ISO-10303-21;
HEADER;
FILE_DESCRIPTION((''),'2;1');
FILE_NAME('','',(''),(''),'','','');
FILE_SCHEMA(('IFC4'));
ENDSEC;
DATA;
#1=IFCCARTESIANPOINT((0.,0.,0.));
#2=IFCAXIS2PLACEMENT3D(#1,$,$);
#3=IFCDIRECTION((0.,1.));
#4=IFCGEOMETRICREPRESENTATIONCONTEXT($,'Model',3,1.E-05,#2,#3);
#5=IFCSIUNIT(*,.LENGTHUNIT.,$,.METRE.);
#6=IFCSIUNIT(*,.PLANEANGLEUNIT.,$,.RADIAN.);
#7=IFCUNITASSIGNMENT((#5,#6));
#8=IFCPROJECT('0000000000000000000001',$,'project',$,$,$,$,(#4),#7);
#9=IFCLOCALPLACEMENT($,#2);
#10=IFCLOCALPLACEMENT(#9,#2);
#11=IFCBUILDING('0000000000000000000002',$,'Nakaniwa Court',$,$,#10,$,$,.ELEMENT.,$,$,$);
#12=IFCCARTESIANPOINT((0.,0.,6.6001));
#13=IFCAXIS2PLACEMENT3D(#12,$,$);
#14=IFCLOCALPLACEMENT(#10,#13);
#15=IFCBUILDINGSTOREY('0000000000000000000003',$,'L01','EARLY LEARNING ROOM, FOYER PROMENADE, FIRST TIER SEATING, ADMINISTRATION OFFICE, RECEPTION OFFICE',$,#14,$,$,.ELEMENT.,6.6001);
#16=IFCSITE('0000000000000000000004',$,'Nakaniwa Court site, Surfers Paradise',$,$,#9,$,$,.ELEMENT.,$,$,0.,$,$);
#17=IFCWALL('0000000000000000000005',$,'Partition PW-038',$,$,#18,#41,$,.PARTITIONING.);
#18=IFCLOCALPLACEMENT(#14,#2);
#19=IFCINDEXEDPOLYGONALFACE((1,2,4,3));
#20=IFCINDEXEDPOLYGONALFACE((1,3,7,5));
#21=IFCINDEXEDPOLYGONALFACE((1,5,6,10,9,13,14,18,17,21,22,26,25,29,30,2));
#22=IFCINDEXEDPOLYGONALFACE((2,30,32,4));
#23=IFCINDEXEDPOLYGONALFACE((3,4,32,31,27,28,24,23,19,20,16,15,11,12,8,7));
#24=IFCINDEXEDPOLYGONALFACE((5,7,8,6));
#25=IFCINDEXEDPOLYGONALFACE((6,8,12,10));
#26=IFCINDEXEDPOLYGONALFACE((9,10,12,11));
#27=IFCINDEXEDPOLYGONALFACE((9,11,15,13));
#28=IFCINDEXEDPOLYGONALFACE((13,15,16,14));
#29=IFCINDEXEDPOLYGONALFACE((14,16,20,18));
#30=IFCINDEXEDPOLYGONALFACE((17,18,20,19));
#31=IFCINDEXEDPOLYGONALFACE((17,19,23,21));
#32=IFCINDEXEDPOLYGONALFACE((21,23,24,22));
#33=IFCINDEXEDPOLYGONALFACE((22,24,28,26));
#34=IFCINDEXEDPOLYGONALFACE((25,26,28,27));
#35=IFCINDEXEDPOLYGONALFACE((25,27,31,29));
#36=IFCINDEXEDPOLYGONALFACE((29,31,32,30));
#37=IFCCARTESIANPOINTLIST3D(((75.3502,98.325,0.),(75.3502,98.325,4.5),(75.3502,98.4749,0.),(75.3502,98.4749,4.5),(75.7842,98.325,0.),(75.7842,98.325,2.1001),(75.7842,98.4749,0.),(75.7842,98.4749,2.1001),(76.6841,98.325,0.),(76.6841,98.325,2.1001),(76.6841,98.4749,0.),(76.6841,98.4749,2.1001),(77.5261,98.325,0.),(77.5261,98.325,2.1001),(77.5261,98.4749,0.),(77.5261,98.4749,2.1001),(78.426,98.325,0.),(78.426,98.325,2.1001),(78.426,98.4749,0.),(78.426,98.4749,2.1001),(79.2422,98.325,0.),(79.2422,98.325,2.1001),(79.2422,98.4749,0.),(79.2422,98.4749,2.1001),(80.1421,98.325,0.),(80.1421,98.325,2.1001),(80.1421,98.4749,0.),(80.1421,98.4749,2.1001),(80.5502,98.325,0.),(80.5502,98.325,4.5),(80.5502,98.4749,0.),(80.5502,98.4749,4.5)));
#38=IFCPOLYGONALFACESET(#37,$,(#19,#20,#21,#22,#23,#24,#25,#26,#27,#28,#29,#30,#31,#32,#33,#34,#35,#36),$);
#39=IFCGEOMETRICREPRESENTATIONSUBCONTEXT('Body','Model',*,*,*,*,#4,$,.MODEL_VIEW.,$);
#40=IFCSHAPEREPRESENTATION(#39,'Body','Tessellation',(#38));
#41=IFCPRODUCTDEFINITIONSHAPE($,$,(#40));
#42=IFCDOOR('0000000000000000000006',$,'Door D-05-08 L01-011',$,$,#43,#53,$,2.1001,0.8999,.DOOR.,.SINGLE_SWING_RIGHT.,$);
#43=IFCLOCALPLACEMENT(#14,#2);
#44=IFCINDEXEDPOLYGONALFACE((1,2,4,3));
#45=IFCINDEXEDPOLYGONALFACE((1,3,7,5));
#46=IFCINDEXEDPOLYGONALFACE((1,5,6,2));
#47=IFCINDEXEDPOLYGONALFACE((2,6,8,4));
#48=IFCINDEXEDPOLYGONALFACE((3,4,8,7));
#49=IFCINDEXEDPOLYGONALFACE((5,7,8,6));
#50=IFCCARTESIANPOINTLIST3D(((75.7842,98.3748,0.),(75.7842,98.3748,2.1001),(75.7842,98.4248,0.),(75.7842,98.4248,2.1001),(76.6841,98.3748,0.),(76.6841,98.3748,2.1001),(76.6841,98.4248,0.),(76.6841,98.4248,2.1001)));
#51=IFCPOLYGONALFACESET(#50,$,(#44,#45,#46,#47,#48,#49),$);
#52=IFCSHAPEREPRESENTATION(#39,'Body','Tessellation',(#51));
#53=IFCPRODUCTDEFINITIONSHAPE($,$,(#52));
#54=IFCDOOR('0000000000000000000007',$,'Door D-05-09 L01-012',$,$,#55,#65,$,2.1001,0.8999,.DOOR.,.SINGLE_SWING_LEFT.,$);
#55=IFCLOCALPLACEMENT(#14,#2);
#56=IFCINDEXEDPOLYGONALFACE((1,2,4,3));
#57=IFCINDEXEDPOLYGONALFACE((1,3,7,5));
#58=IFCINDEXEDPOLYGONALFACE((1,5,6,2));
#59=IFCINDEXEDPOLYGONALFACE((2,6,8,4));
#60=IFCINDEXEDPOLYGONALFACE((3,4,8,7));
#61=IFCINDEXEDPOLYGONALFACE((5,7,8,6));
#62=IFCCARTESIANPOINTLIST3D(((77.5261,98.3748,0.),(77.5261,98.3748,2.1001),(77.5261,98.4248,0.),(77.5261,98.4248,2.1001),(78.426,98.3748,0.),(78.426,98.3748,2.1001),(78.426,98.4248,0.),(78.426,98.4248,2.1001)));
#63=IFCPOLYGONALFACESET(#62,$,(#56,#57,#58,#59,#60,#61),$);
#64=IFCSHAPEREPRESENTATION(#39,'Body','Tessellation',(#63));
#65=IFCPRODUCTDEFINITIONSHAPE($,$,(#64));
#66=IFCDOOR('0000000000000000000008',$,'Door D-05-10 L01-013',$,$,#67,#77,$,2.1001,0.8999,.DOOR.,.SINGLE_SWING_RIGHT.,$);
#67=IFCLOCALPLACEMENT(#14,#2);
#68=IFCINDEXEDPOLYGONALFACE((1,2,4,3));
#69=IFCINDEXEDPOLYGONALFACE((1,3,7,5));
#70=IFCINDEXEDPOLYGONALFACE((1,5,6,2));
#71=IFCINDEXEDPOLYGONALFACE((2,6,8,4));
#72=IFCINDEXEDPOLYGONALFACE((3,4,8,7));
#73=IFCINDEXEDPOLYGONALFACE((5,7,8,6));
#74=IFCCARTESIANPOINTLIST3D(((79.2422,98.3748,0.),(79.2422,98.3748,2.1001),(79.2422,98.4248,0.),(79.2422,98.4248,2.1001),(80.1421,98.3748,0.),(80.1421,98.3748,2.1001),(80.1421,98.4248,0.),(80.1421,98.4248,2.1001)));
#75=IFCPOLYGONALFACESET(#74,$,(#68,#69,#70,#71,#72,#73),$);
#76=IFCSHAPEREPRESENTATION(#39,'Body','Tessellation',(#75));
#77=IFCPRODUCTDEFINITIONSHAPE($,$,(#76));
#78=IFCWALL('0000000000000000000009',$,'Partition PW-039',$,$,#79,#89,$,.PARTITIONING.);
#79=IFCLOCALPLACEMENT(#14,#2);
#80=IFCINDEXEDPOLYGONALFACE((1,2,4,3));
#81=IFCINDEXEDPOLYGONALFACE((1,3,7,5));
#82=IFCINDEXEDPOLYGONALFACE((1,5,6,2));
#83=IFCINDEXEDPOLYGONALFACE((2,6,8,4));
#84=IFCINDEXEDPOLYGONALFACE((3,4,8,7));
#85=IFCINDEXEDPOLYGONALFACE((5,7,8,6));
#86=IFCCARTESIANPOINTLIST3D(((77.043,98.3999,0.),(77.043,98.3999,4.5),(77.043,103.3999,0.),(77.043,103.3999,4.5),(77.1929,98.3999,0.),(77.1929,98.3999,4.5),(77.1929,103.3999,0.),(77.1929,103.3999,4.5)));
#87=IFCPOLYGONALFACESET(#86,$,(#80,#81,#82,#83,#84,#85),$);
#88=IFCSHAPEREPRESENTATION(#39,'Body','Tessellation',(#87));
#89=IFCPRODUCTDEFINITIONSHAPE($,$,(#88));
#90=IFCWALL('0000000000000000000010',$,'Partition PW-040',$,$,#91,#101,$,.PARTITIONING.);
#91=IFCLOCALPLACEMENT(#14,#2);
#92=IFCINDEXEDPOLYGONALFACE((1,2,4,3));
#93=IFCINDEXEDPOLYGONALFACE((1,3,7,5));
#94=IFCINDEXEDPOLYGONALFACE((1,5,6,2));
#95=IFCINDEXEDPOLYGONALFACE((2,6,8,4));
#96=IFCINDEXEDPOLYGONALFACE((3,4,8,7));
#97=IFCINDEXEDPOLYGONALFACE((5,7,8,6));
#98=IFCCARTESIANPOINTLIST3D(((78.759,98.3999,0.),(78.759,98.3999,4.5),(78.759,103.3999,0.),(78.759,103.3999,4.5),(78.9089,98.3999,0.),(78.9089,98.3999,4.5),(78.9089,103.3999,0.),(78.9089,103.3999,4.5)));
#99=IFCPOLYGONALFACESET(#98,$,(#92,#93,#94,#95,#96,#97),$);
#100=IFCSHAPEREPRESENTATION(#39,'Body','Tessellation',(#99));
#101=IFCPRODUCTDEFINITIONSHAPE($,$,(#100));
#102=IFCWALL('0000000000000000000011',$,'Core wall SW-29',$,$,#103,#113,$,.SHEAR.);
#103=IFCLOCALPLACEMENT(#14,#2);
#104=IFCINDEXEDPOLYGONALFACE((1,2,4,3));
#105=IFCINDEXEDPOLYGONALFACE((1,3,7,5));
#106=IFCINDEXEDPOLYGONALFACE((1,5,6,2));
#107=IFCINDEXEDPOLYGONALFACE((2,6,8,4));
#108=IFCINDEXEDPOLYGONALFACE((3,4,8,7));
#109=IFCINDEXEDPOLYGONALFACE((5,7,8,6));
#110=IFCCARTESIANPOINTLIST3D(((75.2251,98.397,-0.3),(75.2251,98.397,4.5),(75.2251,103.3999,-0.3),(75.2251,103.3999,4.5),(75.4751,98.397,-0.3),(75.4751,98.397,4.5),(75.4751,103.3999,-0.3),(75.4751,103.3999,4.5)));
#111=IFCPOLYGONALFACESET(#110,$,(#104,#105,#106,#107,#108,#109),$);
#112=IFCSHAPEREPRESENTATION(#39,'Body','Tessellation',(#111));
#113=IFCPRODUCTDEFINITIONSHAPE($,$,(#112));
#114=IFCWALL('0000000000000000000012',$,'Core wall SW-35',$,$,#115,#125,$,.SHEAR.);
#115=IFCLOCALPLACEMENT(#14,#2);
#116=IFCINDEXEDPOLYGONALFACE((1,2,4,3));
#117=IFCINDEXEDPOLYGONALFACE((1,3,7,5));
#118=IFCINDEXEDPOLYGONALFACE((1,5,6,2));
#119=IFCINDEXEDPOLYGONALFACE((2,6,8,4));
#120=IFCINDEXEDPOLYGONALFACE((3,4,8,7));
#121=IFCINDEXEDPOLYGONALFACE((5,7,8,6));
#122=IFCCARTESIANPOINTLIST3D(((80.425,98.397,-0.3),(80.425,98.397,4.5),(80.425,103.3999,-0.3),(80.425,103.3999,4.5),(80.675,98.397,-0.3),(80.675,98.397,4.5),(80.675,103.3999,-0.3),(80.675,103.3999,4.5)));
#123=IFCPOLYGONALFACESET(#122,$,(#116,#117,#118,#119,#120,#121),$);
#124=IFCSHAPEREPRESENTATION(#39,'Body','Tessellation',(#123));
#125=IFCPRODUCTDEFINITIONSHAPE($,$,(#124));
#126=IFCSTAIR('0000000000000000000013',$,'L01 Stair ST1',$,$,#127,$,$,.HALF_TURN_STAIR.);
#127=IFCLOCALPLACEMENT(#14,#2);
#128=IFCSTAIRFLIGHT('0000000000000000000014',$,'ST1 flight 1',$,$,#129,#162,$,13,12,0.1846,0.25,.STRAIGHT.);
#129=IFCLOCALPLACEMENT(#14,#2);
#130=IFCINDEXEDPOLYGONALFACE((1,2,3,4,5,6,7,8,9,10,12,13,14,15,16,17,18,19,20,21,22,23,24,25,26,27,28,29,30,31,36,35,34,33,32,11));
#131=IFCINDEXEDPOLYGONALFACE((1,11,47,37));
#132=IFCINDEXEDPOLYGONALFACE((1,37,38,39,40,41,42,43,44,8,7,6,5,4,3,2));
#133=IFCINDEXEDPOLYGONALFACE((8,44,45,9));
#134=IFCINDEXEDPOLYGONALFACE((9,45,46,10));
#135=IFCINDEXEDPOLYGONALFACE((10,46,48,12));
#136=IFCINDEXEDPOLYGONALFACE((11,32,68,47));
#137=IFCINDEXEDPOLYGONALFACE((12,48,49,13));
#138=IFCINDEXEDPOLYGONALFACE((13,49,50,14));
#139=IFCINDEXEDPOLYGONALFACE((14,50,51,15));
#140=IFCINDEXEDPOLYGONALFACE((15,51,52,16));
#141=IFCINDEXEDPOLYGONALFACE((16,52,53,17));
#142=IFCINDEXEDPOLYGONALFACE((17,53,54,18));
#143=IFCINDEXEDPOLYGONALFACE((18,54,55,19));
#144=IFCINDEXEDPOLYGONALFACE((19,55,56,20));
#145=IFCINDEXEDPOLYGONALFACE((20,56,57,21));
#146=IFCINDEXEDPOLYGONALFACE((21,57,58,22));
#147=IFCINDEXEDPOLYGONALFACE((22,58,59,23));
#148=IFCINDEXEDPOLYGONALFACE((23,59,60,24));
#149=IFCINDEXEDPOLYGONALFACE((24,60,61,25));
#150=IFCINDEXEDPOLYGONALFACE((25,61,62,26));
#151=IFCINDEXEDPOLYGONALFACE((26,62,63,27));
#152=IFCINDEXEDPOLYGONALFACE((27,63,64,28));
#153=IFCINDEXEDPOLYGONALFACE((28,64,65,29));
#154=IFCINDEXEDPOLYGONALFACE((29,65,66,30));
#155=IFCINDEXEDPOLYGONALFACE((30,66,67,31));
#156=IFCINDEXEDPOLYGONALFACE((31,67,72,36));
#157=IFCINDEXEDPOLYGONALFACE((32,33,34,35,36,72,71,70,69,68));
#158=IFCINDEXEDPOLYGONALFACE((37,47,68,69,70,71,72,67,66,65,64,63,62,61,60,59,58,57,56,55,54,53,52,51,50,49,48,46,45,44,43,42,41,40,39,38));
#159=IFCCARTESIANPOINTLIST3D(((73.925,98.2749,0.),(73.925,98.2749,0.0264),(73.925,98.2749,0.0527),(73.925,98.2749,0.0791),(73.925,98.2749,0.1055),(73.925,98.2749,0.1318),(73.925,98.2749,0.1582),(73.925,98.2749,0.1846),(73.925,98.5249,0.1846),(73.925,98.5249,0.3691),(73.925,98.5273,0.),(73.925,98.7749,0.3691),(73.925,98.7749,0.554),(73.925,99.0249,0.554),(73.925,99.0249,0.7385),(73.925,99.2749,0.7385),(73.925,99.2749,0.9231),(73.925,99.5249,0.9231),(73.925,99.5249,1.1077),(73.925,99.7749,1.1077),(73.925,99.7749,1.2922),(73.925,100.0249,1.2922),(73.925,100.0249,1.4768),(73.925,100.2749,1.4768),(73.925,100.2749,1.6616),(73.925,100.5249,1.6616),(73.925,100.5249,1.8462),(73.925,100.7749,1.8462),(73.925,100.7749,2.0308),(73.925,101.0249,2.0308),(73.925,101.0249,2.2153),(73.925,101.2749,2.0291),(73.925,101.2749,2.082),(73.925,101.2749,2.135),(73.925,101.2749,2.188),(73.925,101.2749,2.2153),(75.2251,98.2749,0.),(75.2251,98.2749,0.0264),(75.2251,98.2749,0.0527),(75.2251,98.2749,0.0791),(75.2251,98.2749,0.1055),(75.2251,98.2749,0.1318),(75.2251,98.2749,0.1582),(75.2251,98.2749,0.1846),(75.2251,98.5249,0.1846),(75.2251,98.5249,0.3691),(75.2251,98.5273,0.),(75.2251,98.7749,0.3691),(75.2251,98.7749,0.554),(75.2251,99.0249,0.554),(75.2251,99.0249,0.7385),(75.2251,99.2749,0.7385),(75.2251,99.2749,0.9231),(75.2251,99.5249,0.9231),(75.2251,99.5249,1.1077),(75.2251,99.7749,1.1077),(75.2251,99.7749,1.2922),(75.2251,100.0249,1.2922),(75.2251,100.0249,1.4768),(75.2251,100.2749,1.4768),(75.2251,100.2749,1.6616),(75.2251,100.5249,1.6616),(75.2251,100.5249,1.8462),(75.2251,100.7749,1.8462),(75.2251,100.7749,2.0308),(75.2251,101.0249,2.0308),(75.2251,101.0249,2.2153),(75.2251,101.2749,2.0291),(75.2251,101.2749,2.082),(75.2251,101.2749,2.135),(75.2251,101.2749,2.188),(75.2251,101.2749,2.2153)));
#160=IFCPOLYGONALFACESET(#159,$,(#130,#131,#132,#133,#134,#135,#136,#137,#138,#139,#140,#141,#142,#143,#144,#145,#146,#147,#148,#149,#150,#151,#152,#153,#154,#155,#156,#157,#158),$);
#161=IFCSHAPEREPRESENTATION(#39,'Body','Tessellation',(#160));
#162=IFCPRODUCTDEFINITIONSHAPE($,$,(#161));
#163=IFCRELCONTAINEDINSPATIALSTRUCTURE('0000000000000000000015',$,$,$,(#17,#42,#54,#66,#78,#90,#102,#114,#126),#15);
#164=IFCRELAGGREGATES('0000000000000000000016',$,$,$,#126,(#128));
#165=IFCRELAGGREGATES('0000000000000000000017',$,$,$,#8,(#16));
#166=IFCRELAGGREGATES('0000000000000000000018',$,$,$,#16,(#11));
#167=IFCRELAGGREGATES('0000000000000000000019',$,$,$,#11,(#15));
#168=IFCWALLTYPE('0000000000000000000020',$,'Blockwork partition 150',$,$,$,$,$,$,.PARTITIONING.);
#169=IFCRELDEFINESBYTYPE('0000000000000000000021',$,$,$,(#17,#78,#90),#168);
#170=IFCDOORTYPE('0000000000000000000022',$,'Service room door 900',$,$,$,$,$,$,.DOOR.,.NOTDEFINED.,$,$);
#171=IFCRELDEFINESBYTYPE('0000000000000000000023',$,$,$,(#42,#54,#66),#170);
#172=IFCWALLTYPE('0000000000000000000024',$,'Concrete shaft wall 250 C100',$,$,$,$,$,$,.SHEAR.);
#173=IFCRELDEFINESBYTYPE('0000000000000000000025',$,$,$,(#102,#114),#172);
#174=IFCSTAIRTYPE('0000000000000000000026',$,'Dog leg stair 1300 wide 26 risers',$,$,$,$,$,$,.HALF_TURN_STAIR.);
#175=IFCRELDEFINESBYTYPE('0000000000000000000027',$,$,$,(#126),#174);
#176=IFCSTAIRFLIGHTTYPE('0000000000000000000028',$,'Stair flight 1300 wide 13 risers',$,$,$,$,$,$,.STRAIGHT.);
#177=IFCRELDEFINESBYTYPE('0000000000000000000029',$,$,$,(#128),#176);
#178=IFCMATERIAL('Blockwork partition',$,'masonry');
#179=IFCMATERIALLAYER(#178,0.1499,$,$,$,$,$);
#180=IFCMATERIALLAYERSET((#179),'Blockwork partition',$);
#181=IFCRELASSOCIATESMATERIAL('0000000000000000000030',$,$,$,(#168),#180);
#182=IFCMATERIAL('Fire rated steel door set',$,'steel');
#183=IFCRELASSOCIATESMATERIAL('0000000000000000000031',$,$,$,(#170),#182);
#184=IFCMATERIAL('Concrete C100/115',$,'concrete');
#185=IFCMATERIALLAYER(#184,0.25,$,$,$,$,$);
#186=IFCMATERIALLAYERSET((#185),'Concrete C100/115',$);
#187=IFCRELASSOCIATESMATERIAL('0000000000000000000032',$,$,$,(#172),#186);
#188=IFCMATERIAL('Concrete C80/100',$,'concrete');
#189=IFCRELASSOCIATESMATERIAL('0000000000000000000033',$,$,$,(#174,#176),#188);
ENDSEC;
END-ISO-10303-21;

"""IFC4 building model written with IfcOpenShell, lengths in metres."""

from ifc_helpers import new_model, si_unit, direction, frame, frame_2d, origin, place, context, subcontext, project, spatial, polyline, rectangle, outline, extrude, material, layer, layer_set, type_object, element, fill, aggregate, save


model = new_model("IFC4")

# Units and contexts
model_context = context("Model", 3, precision=1e-05, world=origin(), true_north=direction((0.0, 1.0)))
body_context = subcontext(model_context, "Body", "Model", "MODEL_VIEW")
ifc_project = project(units=[si_unit("LENGTHUNIT", "METRE"), si_unit("PLANEANGLEUNIT", "RADIAN")], contexts=[model_context])

# Site, building, storey
site_placement = place(None, origin())
site = spatial("IfcSite", under=ifc_project, at=site_placement, Name="Nakaniwa Court site, Surfers Paradise", CompositionType="ELEMENT", RefElevation=0.0)
building_placement = place(site_placement, origin())
building = spatial("IfcBuilding", under=site, at=building_placement, Name="Nakaniwa Court", CompositionType="ELEMENT")
storey_placement = place(building_placement, frame((0.0, 0.0, 6.6001)))
storey = spatial("IfcBuildingStorey", under=building, at=storey_placement, Name="L01", Description="EARLY LEARNING ROOM, FOYER PROMENADE, FIRST TIER SEATING, ADMINISTRATION OFFICE, RECEPTION OFFICE", CompositionType="ELEMENT", Elevation=6.6001)

# Wall, openings, doors
ifc_material_1 = material(Name="Blockwork partition", Category="masonry")
ifc_layer_1 = layer(ifc_material_1, 0.1499)
ifc_layer_set_1 = layer_set([ifc_layer_1], Name="Blockwork partition")
wall_type_1 = type_object("IfcWallType", Name="Blockwork partition 150", PredefinedType="PARTITIONING", material=ifc_layer_set_1)
wall_placement = place(storey_placement, frame((75.3501, 98.3999, 0.0), z_axis=(0.0, 0.0, 1.0), x_axis=(1.0, 0.0, 0.0)))
wall = element("IfcWall", 1, at=wall_placement, inside=storey, type_object=wall_type_1, Name="Partition PW-038", PredefinedType="PARTITIONING", context=body_context, shape_type="SweptSolid", body=[
    extrude(rectangle(XDim=5.2, YDim=0.1499, at=frame_2d((2.6001, 0.0))), origin(), (0.0, 0.0, 1.0), 4.5),
])
opening_1_placement = place(wall_placement, frame((0.4341, 0.0, 0.0)))
opening_1 = element("IfcOpeningElement", 2, at=opening_1_placement, cuts=wall, PredefinedType="OPENING", context=body_context, shape_type="SweptSolid", body=[
    extrude(rectangle(XDim=0.8999, YDim=2.1001, at=frame_2d((0.45, 1.05))), frame((0.0, 0.085, 0.0), z_axis=(0.0, -1.0, 0.0), x_axis=(1.0, 0.0, 0.0)), (0.0, 0.0, 1.0), 0.1699),
])
opening_2_placement = place(wall_placement, frame((2.176, 0.0, 0.0)))
opening_2 = element("IfcOpeningElement", 3, at=opening_2_placement, cuts=wall, PredefinedType="OPENING", context=body_context, shape_type="SweptSolid", body=[
    extrude(rectangle(XDim=0.8999, YDim=2.1001, at=frame_2d((0.45, 1.05))), frame((0.0, 0.085, 0.0), z_axis=(0.0, -1.0, 0.0), x_axis=(1.0, 0.0, 0.0)), (0.0, 0.0, 1.0), 0.1699),
])
opening_3_placement = place(wall_placement, frame((3.8921, 0.0, 0.0)))
opening_3 = element("IfcOpeningElement", 4, at=opening_3_placement, cuts=wall, PredefinedType="OPENING", context=body_context, shape_type="SweptSolid", body=[
    extrude(rectangle(XDim=0.8999, YDim=2.1001, at=frame_2d((0.45, 1.05))), frame((0.0, 0.085, 0.0), z_axis=(0.0, -1.0, 0.0), x_axis=(1.0, 0.0, 0.0)), (0.0, 0.0, 1.0), 0.1699),
])
ifc_material_2 = material(Name="Fire rated steel door set", Category="steel")
door_type = type_object("IfcDoorType", Name="Service room door 900", OperationType="NOTDEFINED", PredefinedType="DOOR", material=ifc_material_2)
door_1_placement = place(opening_1_placement, origin())
door_1 = element("IfcDoor", 5, at=door_1_placement, inside=storey, type_object=door_type, Name="Door D-05-08 L01-011", OperationType="SINGLE_SWING_RIGHT", OverallHeight=2.1001, OverallWidth=0.8999, PredefinedType="DOOR", context=body_context, shape_type="SweptSolid", body=[
    extrude(rectangle(XDim=0.8999, YDim=2.1001, at=frame_2d((0.45, 1.05))), frame((0.0, 0.0249, 0.0), z_axis=(0.0, -1.0, 0.0), x_axis=(1.0, 0.0, 0.0)), (0.0, 0.0, 1.0), 0.05),
])
fill(opening_1, door_1)
door_2_placement = place(opening_2_placement, origin())
door_2 = element("IfcDoor", 6, at=door_2_placement, inside=storey, type_object=door_type, Name="Door D-05-09 L01-012", OperationType="SINGLE_SWING_LEFT", OverallHeight=2.1001, OverallWidth=0.8999, PredefinedType="DOOR", context=body_context, shape_type="SweptSolid", body=[
    extrude(rectangle(XDim=0.8999, YDim=2.1001, at=frame_2d((0.45, 1.05))), frame((0.0, 0.0249, 0.0), z_axis=(0.0, -1.0, 0.0), x_axis=(1.0, 0.0, 0.0)), (0.0, 0.0, 1.0), 0.05),
])
fill(opening_2, door_2)
door_3_placement = place(opening_3_placement, origin())
door_3 = element("IfcDoor", 7, at=door_3_placement, inside=storey, type_object=door_type, Name="Door D-05-10 L01-013", OperationType="SINGLE_SWING_RIGHT", OverallHeight=2.1001, OverallWidth=0.8999, PredefinedType="DOOR", context=body_context, shape_type="SweptSolid", body=[
    extrude(rectangle(XDim=0.8999, YDim=2.1001, at=frame_2d((0.45, 1.05))), frame((0.0, 0.0249, 0.0), z_axis=(0.0, -1.0, 0.0), x_axis=(1.0, 0.0, 0.0)), (0.0, 0.0, 1.0), 0.05),
])
fill(opening_3, door_3)

# Walls
for number, where, z_axis, x_axis, name in (
    (8, (77.1179, 98.3999, 0.0), (0.0, 0.0, 1.0), (0.0, 1.0, 0.0), "Partition PW-039"),
    (9, (78.834, 98.3999, 0.0), (0.0, 0.0, 1.0), (0.0, 1.0, 0.0), "Partition PW-040"),
):
    element("IfcWall", number, at=place(storey_placement, frame(where, z_axis=z_axis, x_axis=x_axis)), inside=storey, type_object=wall_type_1, Name=name, PredefinedType="PARTITIONING", context=body_context, shape_type="SweptSolid", body=[
        extrude(rectangle(XDim=5.0, YDim=0.1499, at=frame_2d((2.5, 0.0))), origin(), (0.0, 0.0, 1.0), 4.5),
    ])
ifc_material_3 = material(Name="Concrete C100/115", Category="concrete")
ifc_layer_2 = layer(ifc_material_3, 0.25)
ifc_layer_set_2 = layer_set([ifc_layer_2], Name="Concrete C100/115")
wall_type_2 = type_object("IfcWallType", Name="Concrete shaft wall 250 C100", PredefinedType="SHEAR", material=ifc_layer_set_2)
for number, where, z_axis, x_axis, name in (
    (10, (75.3501, 98.397, -0.3), (0.0, 0.0, 1.0), (0.0, 1.0, 0.0), "Core wall SW-29"),
    (11, (80.55, 98.397, -0.3), (0.0, 0.0, 1.0), (0.0, 1.0, 0.0), "Core wall SW-35"),
):
    element("IfcWall", number, at=place(storey_placement, frame(where, z_axis=z_axis, x_axis=x_axis)), inside=storey, type_object=wall_type_2, Name=name, PredefinedType="SHEAR", context=body_context, shape_type="SweptSolid", body=[
        extrude(rectangle(XDim=5.0029, YDim=0.25, at=frame_2d((2.5015, 0.0))), origin(), (0.0, 0.0, 1.0), 4.8),
    ])

# Stair, stair flight
ifc_material_4 = material(Name="Concrete C80/100", Category="concrete")
stair_type = type_object("IfcStairType", Name="Dog leg stair 1300 wide 26 risers", PredefinedType="HALF_TURN_STAIR", material=ifc_material_4)
stair_placement = place(storey_placement, origin())
stair = element("IfcStair", 12, at=stair_placement, inside=storey, type_object=stair_type, Name="L01 Stair ST1", PredefinedType="HALF_TURN_STAIR")
stair_flight_type = type_object("IfcStairFlightType", Name="Stair flight 1300 wide 13 risers", PredefinedType="STRAIGHT", material=ifc_material_4)
stair_flight_1_placement = place(storey_placement, frame((74.575, 98.2749, 0.0), z_axis=(0.0, 0.0, 1.0), x_axis=(0.0, 1.0, 0.0)))
stair_flight_1 = element("IfcStairFlight", 13, at=stair_flight_1_placement, type_object=stair_flight_type, Name="ST1 flight 1", NumberOfRisers=13, NumberOfTreads=12, PredefinedType="STRAIGHT", RiserHeight=0.1846, TreadLength=0.25, context=body_context, shape_type="SweptSolid", body=[
    extrude(outline(polyline([(0.0, 0.0), (0.0, 0.0264), (0.0, 0.0527), (0.0, 0.0791), (0.0, 0.1055), (0.0, 0.1318), (0.0, 0.1582), (0.0, 0.1846), (0.25, 0.1846), (0.25, 0.3691), (0.5, 0.3691), (0.5, 0.554), (0.75, 0.554), (0.75, 0.7385), (1.0, 0.7385), (1.0, 0.9231), (1.25, 0.9231), (1.25, 1.1077), (1.5, 1.1077), (1.5, 1.2922), (1.75, 1.2922), (1.75, 1.4768), (2.0, 1.4768), (2.0, 1.6616), (2.25, 1.6616), (2.25, 1.8462), (2.5, 1.8462), (2.5, 2.0308), (2.75, 2.0308), (2.75, 2.2153), (3.0, 2.2153), (3.0, 2.3999), (3.0, 2.3469), (3.0, 2.2939), (3.0, 2.241), (3.0, 2.188), (3.0, 2.135), (3.0, 2.082), (3.0, 2.0291), (0.2524, 0.0), (0.0, 0.0)])), frame((0.0, 0.6499, 0.0), z_axis=(0.0, -1.0, 0.0), x_axis=(1.0, 0.0, 0.0)), (0.0, 0.0, 1.0), 1.3),
])
aggregate(stair, [stair_flight_1])

save(model, "model.ifc")
